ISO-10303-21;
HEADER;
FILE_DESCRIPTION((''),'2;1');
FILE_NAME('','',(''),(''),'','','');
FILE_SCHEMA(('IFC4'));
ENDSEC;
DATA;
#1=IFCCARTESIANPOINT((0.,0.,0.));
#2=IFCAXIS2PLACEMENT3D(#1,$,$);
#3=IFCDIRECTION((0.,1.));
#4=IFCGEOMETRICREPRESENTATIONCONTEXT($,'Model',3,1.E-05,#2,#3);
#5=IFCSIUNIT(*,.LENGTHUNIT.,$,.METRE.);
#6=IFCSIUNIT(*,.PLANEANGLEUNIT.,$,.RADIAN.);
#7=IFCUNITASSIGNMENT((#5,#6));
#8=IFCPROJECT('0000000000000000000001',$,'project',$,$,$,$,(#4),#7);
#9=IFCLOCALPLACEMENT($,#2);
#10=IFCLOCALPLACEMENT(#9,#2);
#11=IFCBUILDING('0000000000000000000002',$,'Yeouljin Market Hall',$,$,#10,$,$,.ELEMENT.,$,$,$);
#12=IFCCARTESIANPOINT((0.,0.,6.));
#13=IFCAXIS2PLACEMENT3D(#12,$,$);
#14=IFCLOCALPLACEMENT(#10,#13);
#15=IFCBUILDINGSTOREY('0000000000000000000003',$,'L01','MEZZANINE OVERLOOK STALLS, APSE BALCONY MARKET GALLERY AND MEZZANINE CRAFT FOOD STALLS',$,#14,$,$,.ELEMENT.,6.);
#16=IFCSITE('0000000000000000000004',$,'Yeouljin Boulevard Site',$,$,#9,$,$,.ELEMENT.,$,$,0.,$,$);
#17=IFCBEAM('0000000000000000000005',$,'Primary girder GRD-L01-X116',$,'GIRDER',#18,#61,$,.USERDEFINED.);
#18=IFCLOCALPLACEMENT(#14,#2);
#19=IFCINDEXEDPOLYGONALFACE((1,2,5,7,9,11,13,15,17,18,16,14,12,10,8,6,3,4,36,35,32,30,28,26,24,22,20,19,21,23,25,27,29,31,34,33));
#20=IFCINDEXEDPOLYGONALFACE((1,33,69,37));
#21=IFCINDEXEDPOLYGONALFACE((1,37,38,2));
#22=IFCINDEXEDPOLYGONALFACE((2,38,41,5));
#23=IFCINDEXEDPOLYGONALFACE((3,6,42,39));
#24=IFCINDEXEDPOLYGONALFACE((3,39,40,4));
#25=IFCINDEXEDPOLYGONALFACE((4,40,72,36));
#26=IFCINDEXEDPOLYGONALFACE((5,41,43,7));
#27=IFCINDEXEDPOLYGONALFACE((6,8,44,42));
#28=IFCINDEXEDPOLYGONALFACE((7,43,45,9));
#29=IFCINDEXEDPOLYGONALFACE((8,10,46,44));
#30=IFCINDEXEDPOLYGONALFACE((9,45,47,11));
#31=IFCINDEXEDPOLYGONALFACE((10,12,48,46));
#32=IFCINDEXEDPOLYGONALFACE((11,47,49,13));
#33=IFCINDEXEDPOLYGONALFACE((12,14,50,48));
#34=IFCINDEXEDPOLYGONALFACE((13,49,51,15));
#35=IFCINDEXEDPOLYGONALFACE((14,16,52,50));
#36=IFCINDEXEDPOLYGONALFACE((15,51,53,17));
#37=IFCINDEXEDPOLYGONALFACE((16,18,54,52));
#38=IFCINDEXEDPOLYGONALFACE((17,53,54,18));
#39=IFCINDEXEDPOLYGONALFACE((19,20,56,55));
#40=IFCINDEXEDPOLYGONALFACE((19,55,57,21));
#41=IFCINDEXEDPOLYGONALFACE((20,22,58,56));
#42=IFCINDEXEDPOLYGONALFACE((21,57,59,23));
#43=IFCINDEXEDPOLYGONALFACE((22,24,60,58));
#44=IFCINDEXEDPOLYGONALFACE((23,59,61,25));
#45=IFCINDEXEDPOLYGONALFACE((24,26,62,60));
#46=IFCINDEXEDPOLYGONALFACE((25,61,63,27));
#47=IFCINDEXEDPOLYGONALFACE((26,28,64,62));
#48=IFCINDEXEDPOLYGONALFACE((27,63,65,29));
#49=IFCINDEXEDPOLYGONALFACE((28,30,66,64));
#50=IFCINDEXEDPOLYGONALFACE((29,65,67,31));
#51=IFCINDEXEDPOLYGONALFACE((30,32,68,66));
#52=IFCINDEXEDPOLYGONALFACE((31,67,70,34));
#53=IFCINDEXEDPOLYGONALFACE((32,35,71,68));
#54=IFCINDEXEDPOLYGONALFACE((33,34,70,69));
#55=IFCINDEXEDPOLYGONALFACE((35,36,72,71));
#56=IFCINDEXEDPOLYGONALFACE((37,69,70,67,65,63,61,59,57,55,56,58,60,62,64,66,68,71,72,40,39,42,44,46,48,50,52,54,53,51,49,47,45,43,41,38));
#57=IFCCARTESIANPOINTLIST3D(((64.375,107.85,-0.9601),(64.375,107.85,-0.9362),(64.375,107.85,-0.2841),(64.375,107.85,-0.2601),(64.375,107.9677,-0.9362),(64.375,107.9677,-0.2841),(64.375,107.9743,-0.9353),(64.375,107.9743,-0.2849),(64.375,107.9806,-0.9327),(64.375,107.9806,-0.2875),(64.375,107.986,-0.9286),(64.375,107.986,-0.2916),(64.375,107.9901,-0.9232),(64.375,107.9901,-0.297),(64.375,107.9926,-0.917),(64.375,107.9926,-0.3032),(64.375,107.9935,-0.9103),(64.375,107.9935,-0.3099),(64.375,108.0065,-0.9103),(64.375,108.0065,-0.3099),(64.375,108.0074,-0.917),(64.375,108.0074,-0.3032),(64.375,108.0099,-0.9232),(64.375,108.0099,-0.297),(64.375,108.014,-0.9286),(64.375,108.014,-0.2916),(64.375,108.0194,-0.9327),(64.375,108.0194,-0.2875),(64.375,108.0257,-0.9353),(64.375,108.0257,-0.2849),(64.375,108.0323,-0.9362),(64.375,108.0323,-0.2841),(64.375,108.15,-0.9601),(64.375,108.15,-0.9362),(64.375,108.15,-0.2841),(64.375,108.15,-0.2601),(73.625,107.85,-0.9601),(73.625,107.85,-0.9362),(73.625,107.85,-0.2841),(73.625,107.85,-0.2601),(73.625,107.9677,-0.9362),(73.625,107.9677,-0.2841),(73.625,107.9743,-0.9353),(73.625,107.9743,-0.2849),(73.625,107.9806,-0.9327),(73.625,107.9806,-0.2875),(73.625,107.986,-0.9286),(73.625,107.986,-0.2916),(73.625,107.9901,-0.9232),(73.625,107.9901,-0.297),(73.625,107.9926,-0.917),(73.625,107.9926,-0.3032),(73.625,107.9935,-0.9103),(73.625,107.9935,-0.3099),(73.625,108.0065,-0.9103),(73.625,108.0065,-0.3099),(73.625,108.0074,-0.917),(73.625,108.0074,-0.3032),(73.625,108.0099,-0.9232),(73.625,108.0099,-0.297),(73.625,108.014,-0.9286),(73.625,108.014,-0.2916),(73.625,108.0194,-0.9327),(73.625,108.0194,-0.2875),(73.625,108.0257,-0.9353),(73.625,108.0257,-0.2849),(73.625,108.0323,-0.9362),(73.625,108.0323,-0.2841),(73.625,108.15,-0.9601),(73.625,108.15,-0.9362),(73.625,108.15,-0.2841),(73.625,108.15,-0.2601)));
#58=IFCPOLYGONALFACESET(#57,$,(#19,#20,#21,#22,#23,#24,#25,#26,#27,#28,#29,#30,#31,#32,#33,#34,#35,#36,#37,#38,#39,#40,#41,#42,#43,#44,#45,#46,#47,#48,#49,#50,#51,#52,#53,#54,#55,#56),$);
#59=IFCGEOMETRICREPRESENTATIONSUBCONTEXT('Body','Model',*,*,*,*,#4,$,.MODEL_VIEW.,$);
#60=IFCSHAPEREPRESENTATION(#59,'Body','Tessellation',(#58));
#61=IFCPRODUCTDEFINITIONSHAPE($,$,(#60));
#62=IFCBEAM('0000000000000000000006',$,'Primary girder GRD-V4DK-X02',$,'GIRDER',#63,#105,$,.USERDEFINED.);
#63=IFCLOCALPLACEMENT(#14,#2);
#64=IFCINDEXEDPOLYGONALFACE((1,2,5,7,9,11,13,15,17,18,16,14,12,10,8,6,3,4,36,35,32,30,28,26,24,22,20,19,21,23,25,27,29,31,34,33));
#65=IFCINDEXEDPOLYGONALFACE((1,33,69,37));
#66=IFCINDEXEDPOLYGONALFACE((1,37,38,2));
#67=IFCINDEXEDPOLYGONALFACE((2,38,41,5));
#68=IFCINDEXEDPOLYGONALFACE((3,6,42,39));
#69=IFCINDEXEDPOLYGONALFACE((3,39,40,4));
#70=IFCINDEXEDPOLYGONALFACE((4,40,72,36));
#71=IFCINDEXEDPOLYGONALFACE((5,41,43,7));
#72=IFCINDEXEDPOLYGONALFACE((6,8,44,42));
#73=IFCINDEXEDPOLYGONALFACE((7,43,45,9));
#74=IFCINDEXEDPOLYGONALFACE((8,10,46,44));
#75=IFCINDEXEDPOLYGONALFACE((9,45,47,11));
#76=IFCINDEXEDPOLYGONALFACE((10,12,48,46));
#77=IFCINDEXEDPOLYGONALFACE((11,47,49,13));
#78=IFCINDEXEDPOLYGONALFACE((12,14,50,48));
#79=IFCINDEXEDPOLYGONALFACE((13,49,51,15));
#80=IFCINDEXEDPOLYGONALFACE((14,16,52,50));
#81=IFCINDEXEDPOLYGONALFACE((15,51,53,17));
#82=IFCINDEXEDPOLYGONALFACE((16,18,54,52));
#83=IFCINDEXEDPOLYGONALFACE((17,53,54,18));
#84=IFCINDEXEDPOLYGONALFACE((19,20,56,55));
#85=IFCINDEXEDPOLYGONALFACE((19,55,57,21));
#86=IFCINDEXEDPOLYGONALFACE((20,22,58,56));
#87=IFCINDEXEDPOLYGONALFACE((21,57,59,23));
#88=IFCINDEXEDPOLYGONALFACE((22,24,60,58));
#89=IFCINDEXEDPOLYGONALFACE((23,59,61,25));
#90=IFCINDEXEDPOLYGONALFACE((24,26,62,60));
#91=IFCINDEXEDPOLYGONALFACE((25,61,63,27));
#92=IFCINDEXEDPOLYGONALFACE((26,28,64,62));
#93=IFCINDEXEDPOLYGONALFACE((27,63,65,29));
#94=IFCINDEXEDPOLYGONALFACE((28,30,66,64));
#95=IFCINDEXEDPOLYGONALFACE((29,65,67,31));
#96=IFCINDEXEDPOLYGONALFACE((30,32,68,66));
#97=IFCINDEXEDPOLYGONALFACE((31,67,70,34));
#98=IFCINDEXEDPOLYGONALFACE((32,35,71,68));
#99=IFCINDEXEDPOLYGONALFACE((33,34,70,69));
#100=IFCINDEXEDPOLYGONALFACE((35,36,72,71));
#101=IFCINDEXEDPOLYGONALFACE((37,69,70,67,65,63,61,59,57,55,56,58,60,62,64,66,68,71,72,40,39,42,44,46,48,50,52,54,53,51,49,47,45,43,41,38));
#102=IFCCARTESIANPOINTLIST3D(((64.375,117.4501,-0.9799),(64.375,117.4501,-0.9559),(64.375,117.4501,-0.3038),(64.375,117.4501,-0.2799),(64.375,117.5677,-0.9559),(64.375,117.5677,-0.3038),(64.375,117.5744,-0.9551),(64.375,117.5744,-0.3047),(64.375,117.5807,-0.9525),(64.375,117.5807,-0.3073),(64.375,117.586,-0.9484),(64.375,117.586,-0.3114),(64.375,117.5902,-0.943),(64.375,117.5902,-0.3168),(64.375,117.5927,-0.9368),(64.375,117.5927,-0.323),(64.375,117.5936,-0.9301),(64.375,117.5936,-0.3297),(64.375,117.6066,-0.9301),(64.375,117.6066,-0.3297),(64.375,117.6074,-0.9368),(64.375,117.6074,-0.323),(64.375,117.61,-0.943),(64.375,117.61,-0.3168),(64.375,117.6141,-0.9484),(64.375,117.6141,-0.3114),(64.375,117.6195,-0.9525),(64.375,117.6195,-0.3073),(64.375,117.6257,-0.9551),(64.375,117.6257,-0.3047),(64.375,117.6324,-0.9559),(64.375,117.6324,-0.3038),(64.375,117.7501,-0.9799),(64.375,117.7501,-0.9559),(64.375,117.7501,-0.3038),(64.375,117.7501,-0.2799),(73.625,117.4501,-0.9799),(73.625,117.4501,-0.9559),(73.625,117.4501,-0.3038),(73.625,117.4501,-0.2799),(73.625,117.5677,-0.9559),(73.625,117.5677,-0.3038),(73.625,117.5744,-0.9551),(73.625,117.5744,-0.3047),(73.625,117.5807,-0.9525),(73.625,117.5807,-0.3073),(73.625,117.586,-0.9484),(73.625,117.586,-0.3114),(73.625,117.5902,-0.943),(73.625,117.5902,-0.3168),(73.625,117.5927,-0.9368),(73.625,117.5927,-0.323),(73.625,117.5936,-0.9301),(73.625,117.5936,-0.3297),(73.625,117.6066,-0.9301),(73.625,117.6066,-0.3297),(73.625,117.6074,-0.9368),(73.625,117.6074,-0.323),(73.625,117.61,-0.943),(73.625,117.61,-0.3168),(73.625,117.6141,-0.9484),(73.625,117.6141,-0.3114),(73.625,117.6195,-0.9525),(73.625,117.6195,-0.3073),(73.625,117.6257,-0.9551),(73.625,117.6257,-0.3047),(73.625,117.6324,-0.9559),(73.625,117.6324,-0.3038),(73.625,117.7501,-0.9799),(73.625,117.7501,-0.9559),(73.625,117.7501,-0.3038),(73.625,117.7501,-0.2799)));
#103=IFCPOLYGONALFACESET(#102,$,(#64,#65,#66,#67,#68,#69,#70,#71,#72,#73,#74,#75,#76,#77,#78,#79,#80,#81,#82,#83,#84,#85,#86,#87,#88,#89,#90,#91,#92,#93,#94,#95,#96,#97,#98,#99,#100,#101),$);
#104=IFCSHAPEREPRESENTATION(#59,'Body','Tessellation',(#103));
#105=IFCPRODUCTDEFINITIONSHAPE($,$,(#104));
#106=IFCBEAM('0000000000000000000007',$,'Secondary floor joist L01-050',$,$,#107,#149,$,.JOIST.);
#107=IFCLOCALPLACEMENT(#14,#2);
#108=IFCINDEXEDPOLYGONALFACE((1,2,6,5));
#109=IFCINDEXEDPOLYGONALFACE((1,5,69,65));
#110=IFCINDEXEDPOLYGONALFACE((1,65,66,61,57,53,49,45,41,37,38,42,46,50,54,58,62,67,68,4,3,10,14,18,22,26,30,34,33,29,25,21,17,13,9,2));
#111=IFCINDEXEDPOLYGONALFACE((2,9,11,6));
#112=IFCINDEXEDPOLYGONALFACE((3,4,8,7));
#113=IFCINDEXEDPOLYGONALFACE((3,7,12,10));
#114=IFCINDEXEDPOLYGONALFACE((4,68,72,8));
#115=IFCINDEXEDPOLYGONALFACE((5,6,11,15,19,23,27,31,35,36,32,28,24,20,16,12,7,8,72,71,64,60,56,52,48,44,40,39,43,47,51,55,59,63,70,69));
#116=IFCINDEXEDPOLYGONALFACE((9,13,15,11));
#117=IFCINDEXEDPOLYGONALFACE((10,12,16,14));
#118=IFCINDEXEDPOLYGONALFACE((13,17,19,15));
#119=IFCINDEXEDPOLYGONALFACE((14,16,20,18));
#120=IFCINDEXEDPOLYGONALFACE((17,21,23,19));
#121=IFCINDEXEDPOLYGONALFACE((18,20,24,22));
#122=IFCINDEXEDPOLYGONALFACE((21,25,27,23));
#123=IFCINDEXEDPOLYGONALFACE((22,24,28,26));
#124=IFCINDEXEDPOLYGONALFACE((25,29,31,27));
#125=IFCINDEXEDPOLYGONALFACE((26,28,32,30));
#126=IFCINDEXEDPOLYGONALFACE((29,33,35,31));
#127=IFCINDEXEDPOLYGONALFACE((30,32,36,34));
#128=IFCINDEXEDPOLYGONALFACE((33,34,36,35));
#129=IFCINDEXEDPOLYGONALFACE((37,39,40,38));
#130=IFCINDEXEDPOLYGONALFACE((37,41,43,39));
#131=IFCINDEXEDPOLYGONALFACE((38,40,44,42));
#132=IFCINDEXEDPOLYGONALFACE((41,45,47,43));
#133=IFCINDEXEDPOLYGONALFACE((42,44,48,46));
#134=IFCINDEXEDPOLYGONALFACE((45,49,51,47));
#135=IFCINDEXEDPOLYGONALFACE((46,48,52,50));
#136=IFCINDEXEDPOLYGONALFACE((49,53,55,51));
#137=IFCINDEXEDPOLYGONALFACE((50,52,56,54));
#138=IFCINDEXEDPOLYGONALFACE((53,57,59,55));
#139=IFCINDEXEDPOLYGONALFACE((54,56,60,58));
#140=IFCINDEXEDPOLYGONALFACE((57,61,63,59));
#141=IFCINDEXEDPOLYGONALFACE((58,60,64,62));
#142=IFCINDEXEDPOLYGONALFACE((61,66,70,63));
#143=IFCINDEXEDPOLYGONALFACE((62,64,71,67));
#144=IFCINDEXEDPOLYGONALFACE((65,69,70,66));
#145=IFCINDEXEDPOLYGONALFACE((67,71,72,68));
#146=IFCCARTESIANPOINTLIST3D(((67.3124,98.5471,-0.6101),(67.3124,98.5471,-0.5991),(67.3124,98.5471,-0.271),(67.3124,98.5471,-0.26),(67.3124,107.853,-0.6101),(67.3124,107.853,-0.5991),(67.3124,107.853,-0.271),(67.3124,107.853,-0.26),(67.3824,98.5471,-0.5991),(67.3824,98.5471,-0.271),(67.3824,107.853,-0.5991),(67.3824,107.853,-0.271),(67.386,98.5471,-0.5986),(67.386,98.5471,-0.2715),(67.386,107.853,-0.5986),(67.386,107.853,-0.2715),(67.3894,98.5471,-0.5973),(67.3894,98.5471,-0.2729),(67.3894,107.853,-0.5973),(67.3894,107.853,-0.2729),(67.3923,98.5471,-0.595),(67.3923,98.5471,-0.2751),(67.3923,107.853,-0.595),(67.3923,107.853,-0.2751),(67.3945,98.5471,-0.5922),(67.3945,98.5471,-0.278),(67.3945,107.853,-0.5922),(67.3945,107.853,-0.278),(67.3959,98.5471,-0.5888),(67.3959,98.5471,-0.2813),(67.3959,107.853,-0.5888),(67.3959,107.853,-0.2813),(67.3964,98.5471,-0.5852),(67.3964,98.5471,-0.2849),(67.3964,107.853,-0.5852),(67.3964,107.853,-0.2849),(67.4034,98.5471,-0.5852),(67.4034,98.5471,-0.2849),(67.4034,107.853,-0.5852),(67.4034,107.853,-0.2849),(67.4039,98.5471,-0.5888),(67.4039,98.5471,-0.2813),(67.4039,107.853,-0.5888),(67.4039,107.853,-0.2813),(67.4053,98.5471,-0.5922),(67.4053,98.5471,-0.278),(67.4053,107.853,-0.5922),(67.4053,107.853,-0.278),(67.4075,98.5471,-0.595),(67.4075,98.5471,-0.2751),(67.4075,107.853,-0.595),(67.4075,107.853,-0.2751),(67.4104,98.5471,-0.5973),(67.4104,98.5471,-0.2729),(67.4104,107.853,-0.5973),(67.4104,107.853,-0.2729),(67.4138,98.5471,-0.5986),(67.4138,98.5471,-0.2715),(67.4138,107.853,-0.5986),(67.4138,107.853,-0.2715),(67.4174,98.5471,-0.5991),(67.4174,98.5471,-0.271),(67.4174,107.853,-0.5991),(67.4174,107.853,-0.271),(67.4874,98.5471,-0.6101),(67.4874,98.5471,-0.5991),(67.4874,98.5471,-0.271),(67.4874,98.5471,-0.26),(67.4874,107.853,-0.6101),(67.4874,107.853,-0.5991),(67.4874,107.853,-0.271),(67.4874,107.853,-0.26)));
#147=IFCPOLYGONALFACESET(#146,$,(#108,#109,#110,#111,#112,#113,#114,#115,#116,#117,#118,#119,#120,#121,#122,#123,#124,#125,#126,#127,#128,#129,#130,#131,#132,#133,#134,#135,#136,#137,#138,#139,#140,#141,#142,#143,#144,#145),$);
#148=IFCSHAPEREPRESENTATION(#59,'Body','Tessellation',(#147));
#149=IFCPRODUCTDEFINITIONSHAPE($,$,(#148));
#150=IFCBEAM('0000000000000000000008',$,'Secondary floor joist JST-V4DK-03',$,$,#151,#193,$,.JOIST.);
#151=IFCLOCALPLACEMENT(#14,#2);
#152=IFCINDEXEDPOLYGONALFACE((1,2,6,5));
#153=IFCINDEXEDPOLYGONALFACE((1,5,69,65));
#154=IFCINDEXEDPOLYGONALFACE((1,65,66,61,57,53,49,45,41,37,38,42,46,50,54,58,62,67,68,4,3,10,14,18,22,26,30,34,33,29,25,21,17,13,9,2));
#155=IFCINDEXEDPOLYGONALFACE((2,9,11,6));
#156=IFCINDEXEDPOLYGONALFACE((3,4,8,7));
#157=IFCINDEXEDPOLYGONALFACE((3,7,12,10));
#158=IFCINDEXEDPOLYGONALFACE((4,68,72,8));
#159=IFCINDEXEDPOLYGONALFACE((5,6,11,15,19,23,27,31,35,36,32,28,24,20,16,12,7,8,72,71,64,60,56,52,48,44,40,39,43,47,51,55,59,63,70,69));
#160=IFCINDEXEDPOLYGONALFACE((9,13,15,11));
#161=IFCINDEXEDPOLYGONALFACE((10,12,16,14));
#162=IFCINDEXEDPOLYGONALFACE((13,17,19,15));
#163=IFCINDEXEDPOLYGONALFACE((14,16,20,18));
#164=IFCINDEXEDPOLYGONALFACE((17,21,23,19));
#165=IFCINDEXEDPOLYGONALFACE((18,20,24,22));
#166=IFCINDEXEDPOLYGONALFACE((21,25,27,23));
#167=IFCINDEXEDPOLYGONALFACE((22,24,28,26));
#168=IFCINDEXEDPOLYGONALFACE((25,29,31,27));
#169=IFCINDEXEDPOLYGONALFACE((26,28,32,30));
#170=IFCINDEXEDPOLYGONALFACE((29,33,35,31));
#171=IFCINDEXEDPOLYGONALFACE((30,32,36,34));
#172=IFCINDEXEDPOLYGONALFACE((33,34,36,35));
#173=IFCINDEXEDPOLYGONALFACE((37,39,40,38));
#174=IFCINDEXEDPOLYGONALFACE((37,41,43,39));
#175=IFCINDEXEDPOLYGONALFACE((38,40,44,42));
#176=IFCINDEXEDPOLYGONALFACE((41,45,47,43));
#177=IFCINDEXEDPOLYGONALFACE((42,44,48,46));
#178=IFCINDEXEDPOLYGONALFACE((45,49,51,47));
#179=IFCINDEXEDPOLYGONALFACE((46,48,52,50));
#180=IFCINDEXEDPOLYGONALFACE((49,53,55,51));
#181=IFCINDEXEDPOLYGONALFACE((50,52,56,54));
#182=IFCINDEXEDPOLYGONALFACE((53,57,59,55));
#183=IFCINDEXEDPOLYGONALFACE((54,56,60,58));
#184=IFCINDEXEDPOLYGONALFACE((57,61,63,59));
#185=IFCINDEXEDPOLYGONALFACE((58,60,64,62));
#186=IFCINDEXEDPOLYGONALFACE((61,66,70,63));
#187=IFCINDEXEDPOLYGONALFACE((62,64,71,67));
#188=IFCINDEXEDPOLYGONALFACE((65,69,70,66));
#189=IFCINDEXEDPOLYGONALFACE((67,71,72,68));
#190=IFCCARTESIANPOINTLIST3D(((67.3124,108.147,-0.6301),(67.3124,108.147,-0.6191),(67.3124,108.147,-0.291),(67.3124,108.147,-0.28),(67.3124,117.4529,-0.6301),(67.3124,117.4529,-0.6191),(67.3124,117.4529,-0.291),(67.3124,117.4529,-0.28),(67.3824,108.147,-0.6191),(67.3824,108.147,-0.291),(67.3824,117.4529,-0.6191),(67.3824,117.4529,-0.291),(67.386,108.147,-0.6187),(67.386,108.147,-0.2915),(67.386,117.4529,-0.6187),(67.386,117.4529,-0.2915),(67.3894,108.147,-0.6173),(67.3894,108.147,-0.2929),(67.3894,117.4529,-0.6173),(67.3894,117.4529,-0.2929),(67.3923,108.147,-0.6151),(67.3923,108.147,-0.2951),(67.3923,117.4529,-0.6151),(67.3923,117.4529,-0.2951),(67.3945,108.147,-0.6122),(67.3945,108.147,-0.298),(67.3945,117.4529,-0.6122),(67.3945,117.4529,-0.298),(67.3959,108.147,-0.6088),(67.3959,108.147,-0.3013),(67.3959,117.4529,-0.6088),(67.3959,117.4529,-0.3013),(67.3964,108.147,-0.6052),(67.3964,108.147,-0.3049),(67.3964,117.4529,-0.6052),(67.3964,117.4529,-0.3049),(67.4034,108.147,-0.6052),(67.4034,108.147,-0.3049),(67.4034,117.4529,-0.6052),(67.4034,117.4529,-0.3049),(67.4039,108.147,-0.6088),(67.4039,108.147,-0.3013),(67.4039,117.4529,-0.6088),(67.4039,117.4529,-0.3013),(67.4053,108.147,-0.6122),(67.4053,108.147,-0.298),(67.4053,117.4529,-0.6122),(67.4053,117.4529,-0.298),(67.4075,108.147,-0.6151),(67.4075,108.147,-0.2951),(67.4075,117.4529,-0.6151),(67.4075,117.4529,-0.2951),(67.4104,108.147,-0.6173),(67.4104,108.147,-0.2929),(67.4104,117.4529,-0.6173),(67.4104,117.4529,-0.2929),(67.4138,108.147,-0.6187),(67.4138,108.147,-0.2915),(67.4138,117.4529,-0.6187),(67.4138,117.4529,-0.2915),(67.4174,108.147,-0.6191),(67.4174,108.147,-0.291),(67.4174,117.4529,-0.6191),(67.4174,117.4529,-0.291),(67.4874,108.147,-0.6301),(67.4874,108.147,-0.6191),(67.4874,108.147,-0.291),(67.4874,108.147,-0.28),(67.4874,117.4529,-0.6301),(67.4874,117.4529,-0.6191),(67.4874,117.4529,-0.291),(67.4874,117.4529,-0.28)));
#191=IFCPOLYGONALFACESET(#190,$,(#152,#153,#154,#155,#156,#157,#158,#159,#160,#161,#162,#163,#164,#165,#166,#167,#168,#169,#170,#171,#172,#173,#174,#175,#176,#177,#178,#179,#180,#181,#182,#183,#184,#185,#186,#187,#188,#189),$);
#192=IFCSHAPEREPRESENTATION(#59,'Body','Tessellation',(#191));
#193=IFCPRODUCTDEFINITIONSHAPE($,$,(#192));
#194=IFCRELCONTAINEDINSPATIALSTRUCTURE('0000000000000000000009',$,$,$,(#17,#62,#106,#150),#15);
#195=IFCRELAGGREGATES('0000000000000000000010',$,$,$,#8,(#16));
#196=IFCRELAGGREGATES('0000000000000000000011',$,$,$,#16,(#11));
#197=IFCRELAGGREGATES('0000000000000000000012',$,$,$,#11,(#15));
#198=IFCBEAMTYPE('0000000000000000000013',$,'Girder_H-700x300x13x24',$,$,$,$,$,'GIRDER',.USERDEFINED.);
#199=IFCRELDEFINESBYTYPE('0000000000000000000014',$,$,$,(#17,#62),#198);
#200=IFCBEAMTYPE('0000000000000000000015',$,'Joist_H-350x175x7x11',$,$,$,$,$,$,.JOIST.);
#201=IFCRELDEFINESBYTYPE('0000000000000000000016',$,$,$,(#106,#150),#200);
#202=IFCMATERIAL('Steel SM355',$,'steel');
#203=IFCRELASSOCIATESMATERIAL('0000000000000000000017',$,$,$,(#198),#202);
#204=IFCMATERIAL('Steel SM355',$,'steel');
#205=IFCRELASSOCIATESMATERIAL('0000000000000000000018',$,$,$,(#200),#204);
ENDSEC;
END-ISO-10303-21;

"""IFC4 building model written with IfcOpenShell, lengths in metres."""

from ifc_helpers import new_model, si_unit, direction, frame, origin, origin_2d, place, context, subcontext, project, spatial, i_section, extrude, material, material_profile, profile_set, type_object, element, save


model = new_model("IFC4")

# Units and contexts
model_context = context("Model", 3, precision=1e-05, world=origin(), true_north=direction((0.0, 1.0)))
body_context = subcontext(model_context, "Body", "Model", "MODEL_VIEW")
ifc_project = project(units=[si_unit("LENGTHUNIT", "METRE"), si_unit("PLANEANGLEUNIT", "RADIAN")], contexts=[model_context])

# Site, building, storey
site_placement = place(None, origin())
site = spatial("IfcSite", under=ifc_project, at=site_placement, Name="Yeouljin Boulevard Site", CompositionType="ELEMENT", RefElevation=0.0)
building_placement = place(site_placement, origin())
building = spatial("IfcBuilding", under=site, at=building_placement, Name="Yeouljin Market Hall", CompositionType="ELEMENT")
storey_placement = place(building_placement, frame((0.0, 0.0, 6.0)))
storey = spatial("IfcBuildingStorey", under=building, at=storey_placement, Name="L01", Description="MEZZANINE OVERLOOK STALLS, APSE BALCONY MARKET GALLERY AND MEZZANINE CRAFT FOOD STALLS", CompositionType="ELEMENT", Elevation=6.0)

# Beams
ifc_material_1 = material(Name="Steel SM355", Category="steel")
ifc_material_profile_1 = material_profile(ifc_material_1, i_section(OverallWidth=0.3, OverallDepth=0.7, WebThickness=0.0129, FlangeThickness=0.0239, FilletRadius=0.0259, at=origin_2d()), Name="H-700x300x13x24")
ifc_profile_set_1 = profile_set([ifc_material_profile_1], Name="Steel SM355")
beam_type_1 = type_object("IfcBeamType", Name="Girder_H-700x300x13x24", ElementType="GIRDER", PredefinedType="USERDEFINED", material=ifc_profile_set_1)
for number, where, z_axis, x_axis, name in (
    (1, (64.375, 108.0, -0.6101), (1.0, 0.0, 0.0), (0.0, 1.0, 0.0), "Primary girder GRD-L01-X116"),
    (2, (64.375, 117.6001, -0.6299), (1.0, 0.0, 0.0), (0.0, 1.0, 0.0), "Primary girder GRD-V4DK-X02"),
):
    element("IfcBeam", number, at=place(storey_placement, frame(where, z_axis=z_axis, x_axis=x_axis)), inside=storey, type_object=beam_type_1, Name=name, ObjectType="GIRDER", PredefinedType="USERDEFINED", context=body_context, shape_type="SweptSolid", body=[
        extrude(i_section(OverallWidth=0.3, OverallDepth=0.7, WebThickness=0.0129, FlangeThickness=0.0239, FilletRadius=0.0259, at=origin_2d()), origin(), (0.0, 0.0, 1.0), 9.25),
    ])
ifc_material_2 = material(Name="Steel SM355", Category="steel")
ifc_material_profile_2 = material_profile(ifc_material_2, i_section(OverallWidth=0.175, OverallDepth=0.3501, WebThickness=0.0071, FlangeThickness=0.011, FilletRadius=0.0139, at=origin_2d()), Name="H-350x175x7x11")
ifc_profile_set_2 = profile_set([ifc_material_profile_2], Name="Steel SM355")
beam_type_2 = type_object("IfcBeamType", Name="Joist_H-350x175x7x11", PredefinedType="JOIST", material=ifc_profile_set_2)
for number, where, z_axis, x_axis, name in (
    (3, (67.3999, 98.5471, -0.4351), (0.0, 1.0, 0.0), (-1.0, 0.0, 0.0), "Secondary floor joist L01-050"),
    (4, (67.3999, 108.147, -0.4551), (0.0, 1.0, 0.0), (-1.0, 0.0, 0.0), "Secondary floor joist JST-V4DK-03"),
):
    element("IfcBeam", number, at=place(storey_placement, frame(where, z_axis=z_axis, x_axis=x_axis)), inside=storey, type_object=beam_type_2, Name=name, PredefinedType="JOIST", context=body_context, shape_type="SweptSolid", body=[
        extrude(i_section(OverallWidth=0.175, OverallDepth=0.3501, WebThickness=0.0071, FlangeThickness=0.011, FilletRadius=0.0139, at=origin_2d()), origin(), (0.0, 0.0, 1.0), 9.3059),
    ])

save(model, "model.ifc")
